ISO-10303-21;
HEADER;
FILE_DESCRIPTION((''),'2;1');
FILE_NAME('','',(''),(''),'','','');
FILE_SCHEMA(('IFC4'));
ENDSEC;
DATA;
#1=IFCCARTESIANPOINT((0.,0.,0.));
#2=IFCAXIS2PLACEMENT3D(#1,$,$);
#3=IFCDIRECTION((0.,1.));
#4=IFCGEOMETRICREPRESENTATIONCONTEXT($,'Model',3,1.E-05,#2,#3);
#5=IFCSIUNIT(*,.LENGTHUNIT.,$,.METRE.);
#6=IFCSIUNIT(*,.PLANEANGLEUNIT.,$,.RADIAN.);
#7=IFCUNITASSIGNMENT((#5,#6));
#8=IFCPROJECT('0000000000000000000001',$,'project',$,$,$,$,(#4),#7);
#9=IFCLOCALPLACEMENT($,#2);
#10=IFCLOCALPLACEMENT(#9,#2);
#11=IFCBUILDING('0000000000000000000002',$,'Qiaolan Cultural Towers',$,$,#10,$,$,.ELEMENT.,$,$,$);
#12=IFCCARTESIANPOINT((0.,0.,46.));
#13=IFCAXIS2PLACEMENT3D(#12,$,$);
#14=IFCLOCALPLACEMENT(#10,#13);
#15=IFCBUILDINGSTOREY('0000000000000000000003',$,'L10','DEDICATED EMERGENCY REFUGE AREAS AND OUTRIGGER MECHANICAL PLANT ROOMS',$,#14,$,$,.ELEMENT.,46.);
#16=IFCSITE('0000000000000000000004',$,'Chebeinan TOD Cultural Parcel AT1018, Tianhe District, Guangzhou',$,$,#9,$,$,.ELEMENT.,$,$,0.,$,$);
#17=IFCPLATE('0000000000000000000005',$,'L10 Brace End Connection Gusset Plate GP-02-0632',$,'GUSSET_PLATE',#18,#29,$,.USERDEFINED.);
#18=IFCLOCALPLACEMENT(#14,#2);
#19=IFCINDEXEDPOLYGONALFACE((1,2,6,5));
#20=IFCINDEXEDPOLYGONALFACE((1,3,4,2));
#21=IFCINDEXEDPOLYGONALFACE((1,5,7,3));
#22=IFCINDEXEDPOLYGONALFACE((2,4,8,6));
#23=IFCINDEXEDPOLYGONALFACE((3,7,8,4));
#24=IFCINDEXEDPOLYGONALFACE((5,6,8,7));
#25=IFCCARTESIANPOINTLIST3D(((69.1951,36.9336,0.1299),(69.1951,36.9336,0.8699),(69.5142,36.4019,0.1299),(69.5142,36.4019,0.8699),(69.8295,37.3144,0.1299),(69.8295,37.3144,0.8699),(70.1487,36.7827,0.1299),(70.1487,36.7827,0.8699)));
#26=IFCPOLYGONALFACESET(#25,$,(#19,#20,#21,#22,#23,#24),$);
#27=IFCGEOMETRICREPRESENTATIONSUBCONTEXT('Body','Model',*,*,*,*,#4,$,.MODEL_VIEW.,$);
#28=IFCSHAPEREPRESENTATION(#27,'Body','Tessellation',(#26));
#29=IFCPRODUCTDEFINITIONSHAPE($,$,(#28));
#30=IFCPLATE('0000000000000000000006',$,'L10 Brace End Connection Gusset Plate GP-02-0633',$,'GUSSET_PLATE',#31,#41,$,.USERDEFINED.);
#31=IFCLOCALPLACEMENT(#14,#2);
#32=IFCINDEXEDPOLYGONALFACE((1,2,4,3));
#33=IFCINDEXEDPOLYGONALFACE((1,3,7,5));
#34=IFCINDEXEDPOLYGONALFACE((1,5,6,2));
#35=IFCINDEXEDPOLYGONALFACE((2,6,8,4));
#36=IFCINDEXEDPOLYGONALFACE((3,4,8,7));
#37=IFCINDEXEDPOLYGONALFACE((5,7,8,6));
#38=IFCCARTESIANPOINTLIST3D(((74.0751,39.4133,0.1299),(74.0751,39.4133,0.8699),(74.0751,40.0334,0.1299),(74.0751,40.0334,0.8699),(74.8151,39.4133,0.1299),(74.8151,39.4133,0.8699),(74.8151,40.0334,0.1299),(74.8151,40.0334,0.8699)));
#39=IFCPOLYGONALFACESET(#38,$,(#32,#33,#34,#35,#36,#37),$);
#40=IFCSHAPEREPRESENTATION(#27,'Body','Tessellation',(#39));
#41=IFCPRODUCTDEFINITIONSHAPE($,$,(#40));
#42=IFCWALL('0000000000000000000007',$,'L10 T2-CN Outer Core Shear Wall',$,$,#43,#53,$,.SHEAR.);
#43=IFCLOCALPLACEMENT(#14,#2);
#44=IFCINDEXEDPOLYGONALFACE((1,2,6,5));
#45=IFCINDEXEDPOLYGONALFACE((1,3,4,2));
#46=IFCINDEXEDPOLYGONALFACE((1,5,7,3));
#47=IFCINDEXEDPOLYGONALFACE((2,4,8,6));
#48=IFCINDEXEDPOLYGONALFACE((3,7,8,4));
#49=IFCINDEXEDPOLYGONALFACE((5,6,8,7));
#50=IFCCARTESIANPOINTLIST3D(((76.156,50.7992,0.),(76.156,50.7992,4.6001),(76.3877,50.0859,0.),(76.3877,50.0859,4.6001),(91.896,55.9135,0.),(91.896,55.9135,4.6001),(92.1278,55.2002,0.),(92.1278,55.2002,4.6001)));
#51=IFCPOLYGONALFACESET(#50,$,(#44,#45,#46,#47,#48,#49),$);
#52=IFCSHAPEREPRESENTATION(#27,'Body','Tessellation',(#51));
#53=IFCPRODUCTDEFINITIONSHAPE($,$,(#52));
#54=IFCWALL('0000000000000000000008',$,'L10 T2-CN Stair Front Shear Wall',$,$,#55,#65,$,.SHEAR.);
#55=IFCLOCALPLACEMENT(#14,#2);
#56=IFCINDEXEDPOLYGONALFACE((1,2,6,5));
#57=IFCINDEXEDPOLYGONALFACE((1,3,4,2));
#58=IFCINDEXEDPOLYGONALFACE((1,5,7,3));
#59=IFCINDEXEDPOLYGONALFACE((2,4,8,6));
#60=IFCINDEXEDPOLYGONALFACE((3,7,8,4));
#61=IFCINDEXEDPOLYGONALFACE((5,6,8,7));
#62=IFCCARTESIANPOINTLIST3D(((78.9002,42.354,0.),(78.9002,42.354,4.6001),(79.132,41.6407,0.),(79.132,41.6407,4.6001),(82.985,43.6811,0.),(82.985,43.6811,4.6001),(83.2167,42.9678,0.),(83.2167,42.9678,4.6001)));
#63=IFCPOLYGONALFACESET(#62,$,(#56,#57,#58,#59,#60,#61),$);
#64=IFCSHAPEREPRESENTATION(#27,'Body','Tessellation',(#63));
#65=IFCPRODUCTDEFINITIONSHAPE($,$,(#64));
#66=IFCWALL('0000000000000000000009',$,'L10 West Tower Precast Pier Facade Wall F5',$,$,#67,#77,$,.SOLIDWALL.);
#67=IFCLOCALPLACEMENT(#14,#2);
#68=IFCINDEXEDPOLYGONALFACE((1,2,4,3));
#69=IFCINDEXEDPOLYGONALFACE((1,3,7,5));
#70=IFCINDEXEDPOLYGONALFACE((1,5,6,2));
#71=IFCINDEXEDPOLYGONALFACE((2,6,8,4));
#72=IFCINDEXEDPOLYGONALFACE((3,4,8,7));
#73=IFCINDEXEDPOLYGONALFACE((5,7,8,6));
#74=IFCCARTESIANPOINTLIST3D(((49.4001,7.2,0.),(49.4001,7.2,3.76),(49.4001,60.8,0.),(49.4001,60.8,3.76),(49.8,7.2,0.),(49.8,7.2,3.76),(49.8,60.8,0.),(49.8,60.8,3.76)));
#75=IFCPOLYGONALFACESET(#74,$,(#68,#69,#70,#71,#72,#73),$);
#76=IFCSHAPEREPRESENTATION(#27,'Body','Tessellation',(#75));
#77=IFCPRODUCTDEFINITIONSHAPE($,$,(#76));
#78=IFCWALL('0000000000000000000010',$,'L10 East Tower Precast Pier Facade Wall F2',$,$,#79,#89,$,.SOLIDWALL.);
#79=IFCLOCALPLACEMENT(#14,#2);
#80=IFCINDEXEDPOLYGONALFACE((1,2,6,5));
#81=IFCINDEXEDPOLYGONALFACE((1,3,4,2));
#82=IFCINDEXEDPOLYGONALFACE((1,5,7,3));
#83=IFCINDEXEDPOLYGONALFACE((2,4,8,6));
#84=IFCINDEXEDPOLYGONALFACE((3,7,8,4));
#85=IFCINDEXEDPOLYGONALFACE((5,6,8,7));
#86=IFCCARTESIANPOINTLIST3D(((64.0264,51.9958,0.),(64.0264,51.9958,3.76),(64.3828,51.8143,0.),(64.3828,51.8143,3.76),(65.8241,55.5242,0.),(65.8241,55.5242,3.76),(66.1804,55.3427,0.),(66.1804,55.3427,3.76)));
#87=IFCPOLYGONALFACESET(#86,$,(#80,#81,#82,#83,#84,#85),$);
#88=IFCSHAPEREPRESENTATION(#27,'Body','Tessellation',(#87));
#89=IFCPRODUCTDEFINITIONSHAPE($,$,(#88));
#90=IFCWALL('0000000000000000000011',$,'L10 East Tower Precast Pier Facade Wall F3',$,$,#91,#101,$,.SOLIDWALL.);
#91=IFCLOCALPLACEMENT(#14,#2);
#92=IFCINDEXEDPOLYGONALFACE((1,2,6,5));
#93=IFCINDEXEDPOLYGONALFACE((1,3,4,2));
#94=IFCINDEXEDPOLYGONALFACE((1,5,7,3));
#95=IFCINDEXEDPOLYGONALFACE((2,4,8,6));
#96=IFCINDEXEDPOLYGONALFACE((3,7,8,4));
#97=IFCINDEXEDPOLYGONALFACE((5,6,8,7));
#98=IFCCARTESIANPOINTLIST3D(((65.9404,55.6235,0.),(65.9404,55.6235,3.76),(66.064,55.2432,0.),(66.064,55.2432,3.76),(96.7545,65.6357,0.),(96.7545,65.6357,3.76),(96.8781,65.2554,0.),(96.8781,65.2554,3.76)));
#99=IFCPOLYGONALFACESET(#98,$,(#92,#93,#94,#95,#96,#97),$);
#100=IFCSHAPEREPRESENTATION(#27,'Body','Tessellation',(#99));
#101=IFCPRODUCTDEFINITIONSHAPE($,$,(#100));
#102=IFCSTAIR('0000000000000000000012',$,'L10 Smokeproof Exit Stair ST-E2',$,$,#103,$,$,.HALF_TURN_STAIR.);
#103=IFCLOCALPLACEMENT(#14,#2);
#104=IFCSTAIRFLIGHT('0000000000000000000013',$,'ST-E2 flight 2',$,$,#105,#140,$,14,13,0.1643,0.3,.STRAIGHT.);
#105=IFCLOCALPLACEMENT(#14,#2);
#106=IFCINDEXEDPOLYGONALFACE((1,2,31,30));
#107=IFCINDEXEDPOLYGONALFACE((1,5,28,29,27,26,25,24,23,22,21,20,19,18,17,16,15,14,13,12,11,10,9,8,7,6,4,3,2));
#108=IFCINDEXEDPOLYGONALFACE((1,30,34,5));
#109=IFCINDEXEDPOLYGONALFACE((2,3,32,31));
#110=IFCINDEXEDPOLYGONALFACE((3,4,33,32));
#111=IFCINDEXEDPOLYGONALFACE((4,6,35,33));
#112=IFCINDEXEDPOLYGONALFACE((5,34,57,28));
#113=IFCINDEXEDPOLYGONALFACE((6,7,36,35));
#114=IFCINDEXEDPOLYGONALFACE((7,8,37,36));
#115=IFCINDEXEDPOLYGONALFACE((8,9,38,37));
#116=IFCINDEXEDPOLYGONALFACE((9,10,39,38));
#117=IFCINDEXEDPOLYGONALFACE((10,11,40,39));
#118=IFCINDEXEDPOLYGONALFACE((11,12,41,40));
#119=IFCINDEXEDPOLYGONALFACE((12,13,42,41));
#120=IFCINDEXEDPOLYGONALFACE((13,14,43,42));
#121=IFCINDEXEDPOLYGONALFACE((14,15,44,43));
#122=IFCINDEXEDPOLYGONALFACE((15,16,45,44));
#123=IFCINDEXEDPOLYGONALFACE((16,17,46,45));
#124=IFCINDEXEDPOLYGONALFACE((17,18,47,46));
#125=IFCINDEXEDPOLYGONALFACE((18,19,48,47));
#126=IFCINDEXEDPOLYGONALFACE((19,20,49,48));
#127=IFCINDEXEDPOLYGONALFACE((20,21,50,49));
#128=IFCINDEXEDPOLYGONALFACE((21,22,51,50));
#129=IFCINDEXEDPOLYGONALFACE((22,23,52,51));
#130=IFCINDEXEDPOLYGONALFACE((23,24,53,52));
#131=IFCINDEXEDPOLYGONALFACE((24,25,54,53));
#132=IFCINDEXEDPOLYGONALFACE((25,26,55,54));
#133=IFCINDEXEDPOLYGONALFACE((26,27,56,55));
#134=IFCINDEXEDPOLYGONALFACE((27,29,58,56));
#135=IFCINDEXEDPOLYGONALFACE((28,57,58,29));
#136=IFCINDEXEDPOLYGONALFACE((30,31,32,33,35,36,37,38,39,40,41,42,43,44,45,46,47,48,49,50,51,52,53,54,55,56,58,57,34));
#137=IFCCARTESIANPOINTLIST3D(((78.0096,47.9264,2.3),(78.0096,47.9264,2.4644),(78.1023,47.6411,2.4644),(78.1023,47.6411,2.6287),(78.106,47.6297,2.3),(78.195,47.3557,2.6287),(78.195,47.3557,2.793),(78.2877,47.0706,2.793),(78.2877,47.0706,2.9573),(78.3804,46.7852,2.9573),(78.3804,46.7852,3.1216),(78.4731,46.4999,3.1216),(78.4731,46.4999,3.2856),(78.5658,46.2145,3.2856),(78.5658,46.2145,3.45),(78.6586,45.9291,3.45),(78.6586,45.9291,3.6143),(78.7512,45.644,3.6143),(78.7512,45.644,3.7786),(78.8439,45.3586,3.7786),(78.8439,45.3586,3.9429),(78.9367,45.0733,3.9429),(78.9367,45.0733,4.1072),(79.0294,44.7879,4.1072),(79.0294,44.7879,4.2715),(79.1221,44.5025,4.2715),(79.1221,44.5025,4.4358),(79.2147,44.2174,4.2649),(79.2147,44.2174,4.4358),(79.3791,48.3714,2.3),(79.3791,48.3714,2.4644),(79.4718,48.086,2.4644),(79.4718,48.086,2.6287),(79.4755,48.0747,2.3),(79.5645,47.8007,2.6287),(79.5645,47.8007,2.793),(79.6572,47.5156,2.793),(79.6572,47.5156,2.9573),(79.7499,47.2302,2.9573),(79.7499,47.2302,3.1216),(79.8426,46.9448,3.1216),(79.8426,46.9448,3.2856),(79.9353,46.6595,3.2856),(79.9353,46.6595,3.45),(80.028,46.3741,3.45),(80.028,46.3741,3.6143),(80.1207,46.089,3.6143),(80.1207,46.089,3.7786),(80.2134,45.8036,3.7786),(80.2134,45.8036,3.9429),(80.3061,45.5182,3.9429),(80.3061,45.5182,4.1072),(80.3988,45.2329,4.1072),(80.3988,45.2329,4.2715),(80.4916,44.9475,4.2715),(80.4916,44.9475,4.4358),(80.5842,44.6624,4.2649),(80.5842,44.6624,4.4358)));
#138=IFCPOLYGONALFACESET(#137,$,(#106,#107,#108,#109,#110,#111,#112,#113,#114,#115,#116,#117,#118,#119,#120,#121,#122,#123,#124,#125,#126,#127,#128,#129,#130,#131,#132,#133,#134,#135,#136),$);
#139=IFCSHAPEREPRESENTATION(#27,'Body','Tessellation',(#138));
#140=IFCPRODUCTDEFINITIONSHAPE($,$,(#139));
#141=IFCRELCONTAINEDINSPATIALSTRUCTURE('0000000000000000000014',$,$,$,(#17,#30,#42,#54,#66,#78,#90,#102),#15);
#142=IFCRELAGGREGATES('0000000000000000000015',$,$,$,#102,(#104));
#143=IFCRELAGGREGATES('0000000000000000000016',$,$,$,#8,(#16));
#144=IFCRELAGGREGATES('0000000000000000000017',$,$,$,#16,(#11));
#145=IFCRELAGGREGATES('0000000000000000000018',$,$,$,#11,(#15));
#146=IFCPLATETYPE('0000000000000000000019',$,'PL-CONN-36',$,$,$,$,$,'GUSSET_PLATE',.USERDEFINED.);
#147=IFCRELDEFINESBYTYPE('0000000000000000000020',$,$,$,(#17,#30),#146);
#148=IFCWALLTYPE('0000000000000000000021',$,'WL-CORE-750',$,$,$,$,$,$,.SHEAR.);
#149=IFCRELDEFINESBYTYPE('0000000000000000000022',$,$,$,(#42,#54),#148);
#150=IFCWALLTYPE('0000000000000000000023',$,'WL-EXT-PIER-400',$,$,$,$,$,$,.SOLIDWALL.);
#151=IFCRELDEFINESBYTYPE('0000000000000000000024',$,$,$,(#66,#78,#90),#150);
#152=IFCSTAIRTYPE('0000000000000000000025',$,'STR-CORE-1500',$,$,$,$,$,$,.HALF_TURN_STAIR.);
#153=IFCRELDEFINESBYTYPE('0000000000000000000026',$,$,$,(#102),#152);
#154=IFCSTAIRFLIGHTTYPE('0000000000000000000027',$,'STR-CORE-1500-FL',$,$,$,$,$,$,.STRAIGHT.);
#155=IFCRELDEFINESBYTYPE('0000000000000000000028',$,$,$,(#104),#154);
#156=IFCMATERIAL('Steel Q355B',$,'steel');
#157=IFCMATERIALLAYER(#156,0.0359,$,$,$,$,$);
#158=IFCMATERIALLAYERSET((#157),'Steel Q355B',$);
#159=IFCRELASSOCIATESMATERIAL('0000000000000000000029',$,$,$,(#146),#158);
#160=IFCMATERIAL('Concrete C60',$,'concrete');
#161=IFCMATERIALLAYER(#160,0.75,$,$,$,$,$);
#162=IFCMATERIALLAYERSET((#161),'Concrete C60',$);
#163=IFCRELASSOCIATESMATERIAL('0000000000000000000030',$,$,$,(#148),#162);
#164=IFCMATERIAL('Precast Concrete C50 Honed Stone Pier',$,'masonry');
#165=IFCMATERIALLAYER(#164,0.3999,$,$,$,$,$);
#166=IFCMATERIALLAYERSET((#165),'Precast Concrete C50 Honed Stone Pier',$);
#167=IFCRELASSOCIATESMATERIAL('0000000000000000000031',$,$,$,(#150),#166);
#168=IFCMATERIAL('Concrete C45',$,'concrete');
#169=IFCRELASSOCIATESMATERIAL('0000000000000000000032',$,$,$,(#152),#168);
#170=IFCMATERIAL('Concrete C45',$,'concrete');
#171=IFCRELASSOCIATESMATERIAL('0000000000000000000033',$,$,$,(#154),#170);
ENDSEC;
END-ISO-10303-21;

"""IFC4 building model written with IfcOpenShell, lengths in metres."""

from ifc_helpers import new_model, si_unit, direction, frame, frame_2d, origin, origin_2d, place, context, subcontext, project, spatial, polyline, rectangle, outline, extrude, material, layer, layer_set, type_object, element, aggregate, save


model = new_model("IFC4")

# Units and contexts
model_context = context("Model", 3, precision=1e-05, world=origin(), true_north=direction((0.0, 1.0)))
body_context = subcontext(model_context, "Body", "Model", "MODEL_VIEW")
ifc_project = project(units=[si_unit("LENGTHUNIT", "METRE"), si_unit("PLANEANGLEUNIT", "RADIAN")], contexts=[model_context])

# Site, building, storey
site_placement = place(None, origin())
site = spatial("IfcSite", under=ifc_project, at=site_placement, Name="Chebeinan TOD Cultural Parcel AT1018, Tianhe District, Guangzhou", CompositionType="ELEMENT", RefElevation=0.0)
building_placement = place(site_placement, origin())
building = spatial("IfcBuilding", under=site, at=building_placement, Name="Qiaolan Cultural Towers", CompositionType="ELEMENT")
storey_placement = place(building_placement, frame((0.0, 0.0, 46.0)))
storey = spatial("IfcBuildingStorey", under=building, at=storey_placement, Name="L10", Description="DEDICATED EMERGENCY REFUGE AREAS AND OUTRIGGER MECHANICAL PLANT ROOMS", CompositionType="ELEMENT", Elevation=46.0)

# Plates
ifc_material_1 = material(Name="Steel Q355B", Category="steel")
ifc_layer_1 = layer(ifc_material_1, 0.0359)
ifc_layer_set_1 = layer_set([ifc_layer_1], Name="Steel Q355B")
plate_type = type_object("IfcPlateType", Name="PL-CONN-36", ElementType="GUSSET_PLATE", PredefinedType="USERDEFINED", material=ifc_layer_set_1)
for number, where, z_axis, x_axis, name in (
    (1, (69.6719, 36.8582, 0.1299), (0.0, 0.0, 1.0), (0.857389, 0.514669, 0.0), "L10 Brace End Connection Gusset Plate GP-02-0632"),
    (2, (74.4451, 39.7234, 0.1299), (0.0, 0.0, 1.0), (1.0, 0.0, 0.0), "L10 Brace End Connection Gusset Plate GP-02-0633"),
):
    element("IfcPlate", number, at=place(storey_placement, frame(where, z_axis=z_axis, x_axis=x_axis)), inside=storey, type_object=plate_type, Name=name, ObjectType="GUSSET_PLATE", PredefinedType="USERDEFINED", context=body_context, shape_type="SweptSolid", body=[
        extrude(rectangle(XDim=0.74, YDim=0.6201, at=origin_2d()), origin(), (0.0, 0.0, 1.0), 0.74),
    ])

# Walls
ifc_material_2 = material(Name="Concrete C60", Category="concrete")
ifc_layer_2 = layer(ifc_material_2, 0.75)
ifc_layer_set_2 = layer_set([ifc_layer_2], Name="Concrete C60")
wall_type_1 = type_object("IfcWallType", Name="WL-CORE-750", PredefinedType="SHEAR", material=ifc_layer_set_2)
wall_1_placement = place(storey_placement, frame((76.272, 50.4426, 0.0), z_axis=(0.0, 0.0, 1.0), x_axis=(0.951056, 0.309018, 0.0)))
element("IfcWall", 3, at=wall_1_placement, inside=storey, type_object=wall_type_1, Name="L10 T2-CN Outer Core Shear Wall", PredefinedType="SHEAR", context=body_context, shape_type="SweptSolid", body=[
    extrude(rectangle(XDim=16.55, YDim=0.75, at=frame_2d((8.2749, 0.0))), origin(), (0.0, 0.0, 1.0), 4.6001),
])
wall_2_placement = place(storey_placement, frame((79.0161, 41.9973, 0.0), z_axis=(0.0, 0.0, 1.0), x_axis=(0.95106, 0.309005, 0.0)))
element("IfcWall", 4, at=wall_2_placement, inside=storey, type_object=wall_type_1, Name="L10 T2-CN Stair Front Shear Wall", PredefinedType="SHEAR", context=body_context, shape_type="SweptSolid", body=[
    extrude(rectangle(XDim=4.2949, YDim=0.75, at=frame_2d((2.1475, 0.0))), origin(), (0.0, 0.0, 1.0), 4.6001),
])
ifc_material_3 = material(Name="Precast Concrete C50 Honed Stone Pier", Category="masonry")
ifc_layer_3 = layer(ifc_material_3, 0.3999)
ifc_layer_set_3 = layer_set([ifc_layer_3], Name="Precast Concrete C50 Honed Stone Pier")
wall_type_2 = type_object("IfcWallType", Name="WL-EXT-PIER-400", PredefinedType="SOLIDWALL", material=ifc_layer_set_3)
wall_3_placement = place(storey_placement, frame((49.6001, 60.8, 0.0), z_axis=(0.0, 0.0, 1.0), x_axis=(0.0, -1.0, 0.0)))
element("IfcWall", 5, at=wall_3_placement, inside=storey, type_object=wall_type_2, Name="L10 West Tower Precast Pier Facade Wall F5", PredefinedType="SOLIDWALL", context=body_context, shape_type="SweptSolid", body=[
    extrude(rectangle(XDim=53.6001, YDim=0.3999, at=frame_2d((26.8, 0.0))), origin(), (0.0, 0.0, 1.0), 3.76),
])
wall_4_placement = place(storey_placement, frame((64.2046, 51.905, 0.0), z_axis=(0.0, 0.0, 1.0), x_axis=(0.453958, 0.891023, 0.0)))
element("IfcWall", 6, at=wall_4_placement, inside=storey, type_object=wall_type_2, Name="L10 East Tower Precast Pier Facade Wall F2", PredefinedType="SOLIDWALL", context=body_context, shape_type="SweptSolid", body=[
    extrude(rectangle(XDim=3.96, YDim=0.3999, at=frame_2d((1.98, 0.0))), origin(), (0.0, 0.0, 1.0), 3.76),
])
wall_5_placement = place(storey_placement, frame((66.0022, 55.4333, 0.0), z_axis=(0.0, 0.0, 1.0), x_axis=(0.951056, 0.309019, 0.0)))
element("IfcWall", 7, at=wall_5_placement, inside=storey, type_object=wall_type_2, Name="L10 East Tower Precast Pier Facade Wall F3", PredefinedType="SOLIDWALL", context=body_context, shape_type="SweptSolid", body=[
    extrude(rectangle(XDim=32.3999, YDim=0.3999, at=frame_2d((16.2, 0.0))), origin(), (0.0, 0.0, 1.0), 3.76),
])

# Stair, stair flight
ifc_material_4 = material(Name="Concrete C45", Category="concrete")
stair_type = type_object("IfcStairType", Name="STR-CORE-1500", PredefinedType="HALF_TURN_STAIR", material=ifc_material_4)
stair_placement = place(storey_placement, origin())
stair = element("IfcStair", 8, at=stair_placement, inside=storey, type_object=stair_type, Name="L10 Smokeproof Exit Stair ST-E2", PredefinedType="HALF_TURN_STAIR")
ifc_material_5 = material(Name="Concrete C45", Category="concrete")
stair_flight_type = type_object("IfcStairFlightType", Name="STR-CORE-1500-FL", PredefinedType="STRAIGHT", material=ifc_material_5)
stair_flight_placement = place(storey_placement, frame((78.6943, 48.1489, 2.3), z_axis=(0.0, 0.0, 1.0), x_axis=(0.309017, -0.951057, 0.0)))
stair_flight = element("IfcStairFlight", 9, at=stair_flight_placement, type_object=stair_flight_type, Name="ST-E2 flight 2", NumberOfRisers=14, NumberOfTreads=13, PredefinedType="STRAIGHT", RiserHeight=0.1643, TreadLength=0.3, context=body_context, shape_type="SweptSolid", body=[
    extrude(outline(polyline([(0.0, 0.0), (0.0, 0.1643), (0.3, 0.1643), (0.3, 0.3286), (0.6001, 0.3286), (0.6001, 0.4929), (0.8999, 0.4929), (0.8999, 0.6572), (1.2, 0.6572), (1.2, 0.8215), (1.5, 0.8215), (1.5, 0.9856), (1.8, 0.9856), (1.8, 1.1499), (2.1001, 1.1499), (2.1001, 1.3142), (2.3999, 1.3142), (2.3999, 1.4785), (2.7, 1.4785), (2.7, 1.6428), (3.0, 1.6428), (3.0, 1.8071), (3.3, 1.8071), (3.3, 1.9714), (3.6001, 1.9714), (3.6001, 2.1357), (3.8999, 2.1357), (3.8999, 2.3), (3.8999, 1.9648), (0.312, 0.0), (0.0, 0.0)])), frame((0.0, 0.72, 0.0), z_axis=(0.0, -1.0, 0.0), x_axis=(1.0, 0.0, 0.0)), (0.0, 0.0, 1.0), 1.4399),
])
aggregate(stair, [stair_flight])

save(model, "model.ifc")
